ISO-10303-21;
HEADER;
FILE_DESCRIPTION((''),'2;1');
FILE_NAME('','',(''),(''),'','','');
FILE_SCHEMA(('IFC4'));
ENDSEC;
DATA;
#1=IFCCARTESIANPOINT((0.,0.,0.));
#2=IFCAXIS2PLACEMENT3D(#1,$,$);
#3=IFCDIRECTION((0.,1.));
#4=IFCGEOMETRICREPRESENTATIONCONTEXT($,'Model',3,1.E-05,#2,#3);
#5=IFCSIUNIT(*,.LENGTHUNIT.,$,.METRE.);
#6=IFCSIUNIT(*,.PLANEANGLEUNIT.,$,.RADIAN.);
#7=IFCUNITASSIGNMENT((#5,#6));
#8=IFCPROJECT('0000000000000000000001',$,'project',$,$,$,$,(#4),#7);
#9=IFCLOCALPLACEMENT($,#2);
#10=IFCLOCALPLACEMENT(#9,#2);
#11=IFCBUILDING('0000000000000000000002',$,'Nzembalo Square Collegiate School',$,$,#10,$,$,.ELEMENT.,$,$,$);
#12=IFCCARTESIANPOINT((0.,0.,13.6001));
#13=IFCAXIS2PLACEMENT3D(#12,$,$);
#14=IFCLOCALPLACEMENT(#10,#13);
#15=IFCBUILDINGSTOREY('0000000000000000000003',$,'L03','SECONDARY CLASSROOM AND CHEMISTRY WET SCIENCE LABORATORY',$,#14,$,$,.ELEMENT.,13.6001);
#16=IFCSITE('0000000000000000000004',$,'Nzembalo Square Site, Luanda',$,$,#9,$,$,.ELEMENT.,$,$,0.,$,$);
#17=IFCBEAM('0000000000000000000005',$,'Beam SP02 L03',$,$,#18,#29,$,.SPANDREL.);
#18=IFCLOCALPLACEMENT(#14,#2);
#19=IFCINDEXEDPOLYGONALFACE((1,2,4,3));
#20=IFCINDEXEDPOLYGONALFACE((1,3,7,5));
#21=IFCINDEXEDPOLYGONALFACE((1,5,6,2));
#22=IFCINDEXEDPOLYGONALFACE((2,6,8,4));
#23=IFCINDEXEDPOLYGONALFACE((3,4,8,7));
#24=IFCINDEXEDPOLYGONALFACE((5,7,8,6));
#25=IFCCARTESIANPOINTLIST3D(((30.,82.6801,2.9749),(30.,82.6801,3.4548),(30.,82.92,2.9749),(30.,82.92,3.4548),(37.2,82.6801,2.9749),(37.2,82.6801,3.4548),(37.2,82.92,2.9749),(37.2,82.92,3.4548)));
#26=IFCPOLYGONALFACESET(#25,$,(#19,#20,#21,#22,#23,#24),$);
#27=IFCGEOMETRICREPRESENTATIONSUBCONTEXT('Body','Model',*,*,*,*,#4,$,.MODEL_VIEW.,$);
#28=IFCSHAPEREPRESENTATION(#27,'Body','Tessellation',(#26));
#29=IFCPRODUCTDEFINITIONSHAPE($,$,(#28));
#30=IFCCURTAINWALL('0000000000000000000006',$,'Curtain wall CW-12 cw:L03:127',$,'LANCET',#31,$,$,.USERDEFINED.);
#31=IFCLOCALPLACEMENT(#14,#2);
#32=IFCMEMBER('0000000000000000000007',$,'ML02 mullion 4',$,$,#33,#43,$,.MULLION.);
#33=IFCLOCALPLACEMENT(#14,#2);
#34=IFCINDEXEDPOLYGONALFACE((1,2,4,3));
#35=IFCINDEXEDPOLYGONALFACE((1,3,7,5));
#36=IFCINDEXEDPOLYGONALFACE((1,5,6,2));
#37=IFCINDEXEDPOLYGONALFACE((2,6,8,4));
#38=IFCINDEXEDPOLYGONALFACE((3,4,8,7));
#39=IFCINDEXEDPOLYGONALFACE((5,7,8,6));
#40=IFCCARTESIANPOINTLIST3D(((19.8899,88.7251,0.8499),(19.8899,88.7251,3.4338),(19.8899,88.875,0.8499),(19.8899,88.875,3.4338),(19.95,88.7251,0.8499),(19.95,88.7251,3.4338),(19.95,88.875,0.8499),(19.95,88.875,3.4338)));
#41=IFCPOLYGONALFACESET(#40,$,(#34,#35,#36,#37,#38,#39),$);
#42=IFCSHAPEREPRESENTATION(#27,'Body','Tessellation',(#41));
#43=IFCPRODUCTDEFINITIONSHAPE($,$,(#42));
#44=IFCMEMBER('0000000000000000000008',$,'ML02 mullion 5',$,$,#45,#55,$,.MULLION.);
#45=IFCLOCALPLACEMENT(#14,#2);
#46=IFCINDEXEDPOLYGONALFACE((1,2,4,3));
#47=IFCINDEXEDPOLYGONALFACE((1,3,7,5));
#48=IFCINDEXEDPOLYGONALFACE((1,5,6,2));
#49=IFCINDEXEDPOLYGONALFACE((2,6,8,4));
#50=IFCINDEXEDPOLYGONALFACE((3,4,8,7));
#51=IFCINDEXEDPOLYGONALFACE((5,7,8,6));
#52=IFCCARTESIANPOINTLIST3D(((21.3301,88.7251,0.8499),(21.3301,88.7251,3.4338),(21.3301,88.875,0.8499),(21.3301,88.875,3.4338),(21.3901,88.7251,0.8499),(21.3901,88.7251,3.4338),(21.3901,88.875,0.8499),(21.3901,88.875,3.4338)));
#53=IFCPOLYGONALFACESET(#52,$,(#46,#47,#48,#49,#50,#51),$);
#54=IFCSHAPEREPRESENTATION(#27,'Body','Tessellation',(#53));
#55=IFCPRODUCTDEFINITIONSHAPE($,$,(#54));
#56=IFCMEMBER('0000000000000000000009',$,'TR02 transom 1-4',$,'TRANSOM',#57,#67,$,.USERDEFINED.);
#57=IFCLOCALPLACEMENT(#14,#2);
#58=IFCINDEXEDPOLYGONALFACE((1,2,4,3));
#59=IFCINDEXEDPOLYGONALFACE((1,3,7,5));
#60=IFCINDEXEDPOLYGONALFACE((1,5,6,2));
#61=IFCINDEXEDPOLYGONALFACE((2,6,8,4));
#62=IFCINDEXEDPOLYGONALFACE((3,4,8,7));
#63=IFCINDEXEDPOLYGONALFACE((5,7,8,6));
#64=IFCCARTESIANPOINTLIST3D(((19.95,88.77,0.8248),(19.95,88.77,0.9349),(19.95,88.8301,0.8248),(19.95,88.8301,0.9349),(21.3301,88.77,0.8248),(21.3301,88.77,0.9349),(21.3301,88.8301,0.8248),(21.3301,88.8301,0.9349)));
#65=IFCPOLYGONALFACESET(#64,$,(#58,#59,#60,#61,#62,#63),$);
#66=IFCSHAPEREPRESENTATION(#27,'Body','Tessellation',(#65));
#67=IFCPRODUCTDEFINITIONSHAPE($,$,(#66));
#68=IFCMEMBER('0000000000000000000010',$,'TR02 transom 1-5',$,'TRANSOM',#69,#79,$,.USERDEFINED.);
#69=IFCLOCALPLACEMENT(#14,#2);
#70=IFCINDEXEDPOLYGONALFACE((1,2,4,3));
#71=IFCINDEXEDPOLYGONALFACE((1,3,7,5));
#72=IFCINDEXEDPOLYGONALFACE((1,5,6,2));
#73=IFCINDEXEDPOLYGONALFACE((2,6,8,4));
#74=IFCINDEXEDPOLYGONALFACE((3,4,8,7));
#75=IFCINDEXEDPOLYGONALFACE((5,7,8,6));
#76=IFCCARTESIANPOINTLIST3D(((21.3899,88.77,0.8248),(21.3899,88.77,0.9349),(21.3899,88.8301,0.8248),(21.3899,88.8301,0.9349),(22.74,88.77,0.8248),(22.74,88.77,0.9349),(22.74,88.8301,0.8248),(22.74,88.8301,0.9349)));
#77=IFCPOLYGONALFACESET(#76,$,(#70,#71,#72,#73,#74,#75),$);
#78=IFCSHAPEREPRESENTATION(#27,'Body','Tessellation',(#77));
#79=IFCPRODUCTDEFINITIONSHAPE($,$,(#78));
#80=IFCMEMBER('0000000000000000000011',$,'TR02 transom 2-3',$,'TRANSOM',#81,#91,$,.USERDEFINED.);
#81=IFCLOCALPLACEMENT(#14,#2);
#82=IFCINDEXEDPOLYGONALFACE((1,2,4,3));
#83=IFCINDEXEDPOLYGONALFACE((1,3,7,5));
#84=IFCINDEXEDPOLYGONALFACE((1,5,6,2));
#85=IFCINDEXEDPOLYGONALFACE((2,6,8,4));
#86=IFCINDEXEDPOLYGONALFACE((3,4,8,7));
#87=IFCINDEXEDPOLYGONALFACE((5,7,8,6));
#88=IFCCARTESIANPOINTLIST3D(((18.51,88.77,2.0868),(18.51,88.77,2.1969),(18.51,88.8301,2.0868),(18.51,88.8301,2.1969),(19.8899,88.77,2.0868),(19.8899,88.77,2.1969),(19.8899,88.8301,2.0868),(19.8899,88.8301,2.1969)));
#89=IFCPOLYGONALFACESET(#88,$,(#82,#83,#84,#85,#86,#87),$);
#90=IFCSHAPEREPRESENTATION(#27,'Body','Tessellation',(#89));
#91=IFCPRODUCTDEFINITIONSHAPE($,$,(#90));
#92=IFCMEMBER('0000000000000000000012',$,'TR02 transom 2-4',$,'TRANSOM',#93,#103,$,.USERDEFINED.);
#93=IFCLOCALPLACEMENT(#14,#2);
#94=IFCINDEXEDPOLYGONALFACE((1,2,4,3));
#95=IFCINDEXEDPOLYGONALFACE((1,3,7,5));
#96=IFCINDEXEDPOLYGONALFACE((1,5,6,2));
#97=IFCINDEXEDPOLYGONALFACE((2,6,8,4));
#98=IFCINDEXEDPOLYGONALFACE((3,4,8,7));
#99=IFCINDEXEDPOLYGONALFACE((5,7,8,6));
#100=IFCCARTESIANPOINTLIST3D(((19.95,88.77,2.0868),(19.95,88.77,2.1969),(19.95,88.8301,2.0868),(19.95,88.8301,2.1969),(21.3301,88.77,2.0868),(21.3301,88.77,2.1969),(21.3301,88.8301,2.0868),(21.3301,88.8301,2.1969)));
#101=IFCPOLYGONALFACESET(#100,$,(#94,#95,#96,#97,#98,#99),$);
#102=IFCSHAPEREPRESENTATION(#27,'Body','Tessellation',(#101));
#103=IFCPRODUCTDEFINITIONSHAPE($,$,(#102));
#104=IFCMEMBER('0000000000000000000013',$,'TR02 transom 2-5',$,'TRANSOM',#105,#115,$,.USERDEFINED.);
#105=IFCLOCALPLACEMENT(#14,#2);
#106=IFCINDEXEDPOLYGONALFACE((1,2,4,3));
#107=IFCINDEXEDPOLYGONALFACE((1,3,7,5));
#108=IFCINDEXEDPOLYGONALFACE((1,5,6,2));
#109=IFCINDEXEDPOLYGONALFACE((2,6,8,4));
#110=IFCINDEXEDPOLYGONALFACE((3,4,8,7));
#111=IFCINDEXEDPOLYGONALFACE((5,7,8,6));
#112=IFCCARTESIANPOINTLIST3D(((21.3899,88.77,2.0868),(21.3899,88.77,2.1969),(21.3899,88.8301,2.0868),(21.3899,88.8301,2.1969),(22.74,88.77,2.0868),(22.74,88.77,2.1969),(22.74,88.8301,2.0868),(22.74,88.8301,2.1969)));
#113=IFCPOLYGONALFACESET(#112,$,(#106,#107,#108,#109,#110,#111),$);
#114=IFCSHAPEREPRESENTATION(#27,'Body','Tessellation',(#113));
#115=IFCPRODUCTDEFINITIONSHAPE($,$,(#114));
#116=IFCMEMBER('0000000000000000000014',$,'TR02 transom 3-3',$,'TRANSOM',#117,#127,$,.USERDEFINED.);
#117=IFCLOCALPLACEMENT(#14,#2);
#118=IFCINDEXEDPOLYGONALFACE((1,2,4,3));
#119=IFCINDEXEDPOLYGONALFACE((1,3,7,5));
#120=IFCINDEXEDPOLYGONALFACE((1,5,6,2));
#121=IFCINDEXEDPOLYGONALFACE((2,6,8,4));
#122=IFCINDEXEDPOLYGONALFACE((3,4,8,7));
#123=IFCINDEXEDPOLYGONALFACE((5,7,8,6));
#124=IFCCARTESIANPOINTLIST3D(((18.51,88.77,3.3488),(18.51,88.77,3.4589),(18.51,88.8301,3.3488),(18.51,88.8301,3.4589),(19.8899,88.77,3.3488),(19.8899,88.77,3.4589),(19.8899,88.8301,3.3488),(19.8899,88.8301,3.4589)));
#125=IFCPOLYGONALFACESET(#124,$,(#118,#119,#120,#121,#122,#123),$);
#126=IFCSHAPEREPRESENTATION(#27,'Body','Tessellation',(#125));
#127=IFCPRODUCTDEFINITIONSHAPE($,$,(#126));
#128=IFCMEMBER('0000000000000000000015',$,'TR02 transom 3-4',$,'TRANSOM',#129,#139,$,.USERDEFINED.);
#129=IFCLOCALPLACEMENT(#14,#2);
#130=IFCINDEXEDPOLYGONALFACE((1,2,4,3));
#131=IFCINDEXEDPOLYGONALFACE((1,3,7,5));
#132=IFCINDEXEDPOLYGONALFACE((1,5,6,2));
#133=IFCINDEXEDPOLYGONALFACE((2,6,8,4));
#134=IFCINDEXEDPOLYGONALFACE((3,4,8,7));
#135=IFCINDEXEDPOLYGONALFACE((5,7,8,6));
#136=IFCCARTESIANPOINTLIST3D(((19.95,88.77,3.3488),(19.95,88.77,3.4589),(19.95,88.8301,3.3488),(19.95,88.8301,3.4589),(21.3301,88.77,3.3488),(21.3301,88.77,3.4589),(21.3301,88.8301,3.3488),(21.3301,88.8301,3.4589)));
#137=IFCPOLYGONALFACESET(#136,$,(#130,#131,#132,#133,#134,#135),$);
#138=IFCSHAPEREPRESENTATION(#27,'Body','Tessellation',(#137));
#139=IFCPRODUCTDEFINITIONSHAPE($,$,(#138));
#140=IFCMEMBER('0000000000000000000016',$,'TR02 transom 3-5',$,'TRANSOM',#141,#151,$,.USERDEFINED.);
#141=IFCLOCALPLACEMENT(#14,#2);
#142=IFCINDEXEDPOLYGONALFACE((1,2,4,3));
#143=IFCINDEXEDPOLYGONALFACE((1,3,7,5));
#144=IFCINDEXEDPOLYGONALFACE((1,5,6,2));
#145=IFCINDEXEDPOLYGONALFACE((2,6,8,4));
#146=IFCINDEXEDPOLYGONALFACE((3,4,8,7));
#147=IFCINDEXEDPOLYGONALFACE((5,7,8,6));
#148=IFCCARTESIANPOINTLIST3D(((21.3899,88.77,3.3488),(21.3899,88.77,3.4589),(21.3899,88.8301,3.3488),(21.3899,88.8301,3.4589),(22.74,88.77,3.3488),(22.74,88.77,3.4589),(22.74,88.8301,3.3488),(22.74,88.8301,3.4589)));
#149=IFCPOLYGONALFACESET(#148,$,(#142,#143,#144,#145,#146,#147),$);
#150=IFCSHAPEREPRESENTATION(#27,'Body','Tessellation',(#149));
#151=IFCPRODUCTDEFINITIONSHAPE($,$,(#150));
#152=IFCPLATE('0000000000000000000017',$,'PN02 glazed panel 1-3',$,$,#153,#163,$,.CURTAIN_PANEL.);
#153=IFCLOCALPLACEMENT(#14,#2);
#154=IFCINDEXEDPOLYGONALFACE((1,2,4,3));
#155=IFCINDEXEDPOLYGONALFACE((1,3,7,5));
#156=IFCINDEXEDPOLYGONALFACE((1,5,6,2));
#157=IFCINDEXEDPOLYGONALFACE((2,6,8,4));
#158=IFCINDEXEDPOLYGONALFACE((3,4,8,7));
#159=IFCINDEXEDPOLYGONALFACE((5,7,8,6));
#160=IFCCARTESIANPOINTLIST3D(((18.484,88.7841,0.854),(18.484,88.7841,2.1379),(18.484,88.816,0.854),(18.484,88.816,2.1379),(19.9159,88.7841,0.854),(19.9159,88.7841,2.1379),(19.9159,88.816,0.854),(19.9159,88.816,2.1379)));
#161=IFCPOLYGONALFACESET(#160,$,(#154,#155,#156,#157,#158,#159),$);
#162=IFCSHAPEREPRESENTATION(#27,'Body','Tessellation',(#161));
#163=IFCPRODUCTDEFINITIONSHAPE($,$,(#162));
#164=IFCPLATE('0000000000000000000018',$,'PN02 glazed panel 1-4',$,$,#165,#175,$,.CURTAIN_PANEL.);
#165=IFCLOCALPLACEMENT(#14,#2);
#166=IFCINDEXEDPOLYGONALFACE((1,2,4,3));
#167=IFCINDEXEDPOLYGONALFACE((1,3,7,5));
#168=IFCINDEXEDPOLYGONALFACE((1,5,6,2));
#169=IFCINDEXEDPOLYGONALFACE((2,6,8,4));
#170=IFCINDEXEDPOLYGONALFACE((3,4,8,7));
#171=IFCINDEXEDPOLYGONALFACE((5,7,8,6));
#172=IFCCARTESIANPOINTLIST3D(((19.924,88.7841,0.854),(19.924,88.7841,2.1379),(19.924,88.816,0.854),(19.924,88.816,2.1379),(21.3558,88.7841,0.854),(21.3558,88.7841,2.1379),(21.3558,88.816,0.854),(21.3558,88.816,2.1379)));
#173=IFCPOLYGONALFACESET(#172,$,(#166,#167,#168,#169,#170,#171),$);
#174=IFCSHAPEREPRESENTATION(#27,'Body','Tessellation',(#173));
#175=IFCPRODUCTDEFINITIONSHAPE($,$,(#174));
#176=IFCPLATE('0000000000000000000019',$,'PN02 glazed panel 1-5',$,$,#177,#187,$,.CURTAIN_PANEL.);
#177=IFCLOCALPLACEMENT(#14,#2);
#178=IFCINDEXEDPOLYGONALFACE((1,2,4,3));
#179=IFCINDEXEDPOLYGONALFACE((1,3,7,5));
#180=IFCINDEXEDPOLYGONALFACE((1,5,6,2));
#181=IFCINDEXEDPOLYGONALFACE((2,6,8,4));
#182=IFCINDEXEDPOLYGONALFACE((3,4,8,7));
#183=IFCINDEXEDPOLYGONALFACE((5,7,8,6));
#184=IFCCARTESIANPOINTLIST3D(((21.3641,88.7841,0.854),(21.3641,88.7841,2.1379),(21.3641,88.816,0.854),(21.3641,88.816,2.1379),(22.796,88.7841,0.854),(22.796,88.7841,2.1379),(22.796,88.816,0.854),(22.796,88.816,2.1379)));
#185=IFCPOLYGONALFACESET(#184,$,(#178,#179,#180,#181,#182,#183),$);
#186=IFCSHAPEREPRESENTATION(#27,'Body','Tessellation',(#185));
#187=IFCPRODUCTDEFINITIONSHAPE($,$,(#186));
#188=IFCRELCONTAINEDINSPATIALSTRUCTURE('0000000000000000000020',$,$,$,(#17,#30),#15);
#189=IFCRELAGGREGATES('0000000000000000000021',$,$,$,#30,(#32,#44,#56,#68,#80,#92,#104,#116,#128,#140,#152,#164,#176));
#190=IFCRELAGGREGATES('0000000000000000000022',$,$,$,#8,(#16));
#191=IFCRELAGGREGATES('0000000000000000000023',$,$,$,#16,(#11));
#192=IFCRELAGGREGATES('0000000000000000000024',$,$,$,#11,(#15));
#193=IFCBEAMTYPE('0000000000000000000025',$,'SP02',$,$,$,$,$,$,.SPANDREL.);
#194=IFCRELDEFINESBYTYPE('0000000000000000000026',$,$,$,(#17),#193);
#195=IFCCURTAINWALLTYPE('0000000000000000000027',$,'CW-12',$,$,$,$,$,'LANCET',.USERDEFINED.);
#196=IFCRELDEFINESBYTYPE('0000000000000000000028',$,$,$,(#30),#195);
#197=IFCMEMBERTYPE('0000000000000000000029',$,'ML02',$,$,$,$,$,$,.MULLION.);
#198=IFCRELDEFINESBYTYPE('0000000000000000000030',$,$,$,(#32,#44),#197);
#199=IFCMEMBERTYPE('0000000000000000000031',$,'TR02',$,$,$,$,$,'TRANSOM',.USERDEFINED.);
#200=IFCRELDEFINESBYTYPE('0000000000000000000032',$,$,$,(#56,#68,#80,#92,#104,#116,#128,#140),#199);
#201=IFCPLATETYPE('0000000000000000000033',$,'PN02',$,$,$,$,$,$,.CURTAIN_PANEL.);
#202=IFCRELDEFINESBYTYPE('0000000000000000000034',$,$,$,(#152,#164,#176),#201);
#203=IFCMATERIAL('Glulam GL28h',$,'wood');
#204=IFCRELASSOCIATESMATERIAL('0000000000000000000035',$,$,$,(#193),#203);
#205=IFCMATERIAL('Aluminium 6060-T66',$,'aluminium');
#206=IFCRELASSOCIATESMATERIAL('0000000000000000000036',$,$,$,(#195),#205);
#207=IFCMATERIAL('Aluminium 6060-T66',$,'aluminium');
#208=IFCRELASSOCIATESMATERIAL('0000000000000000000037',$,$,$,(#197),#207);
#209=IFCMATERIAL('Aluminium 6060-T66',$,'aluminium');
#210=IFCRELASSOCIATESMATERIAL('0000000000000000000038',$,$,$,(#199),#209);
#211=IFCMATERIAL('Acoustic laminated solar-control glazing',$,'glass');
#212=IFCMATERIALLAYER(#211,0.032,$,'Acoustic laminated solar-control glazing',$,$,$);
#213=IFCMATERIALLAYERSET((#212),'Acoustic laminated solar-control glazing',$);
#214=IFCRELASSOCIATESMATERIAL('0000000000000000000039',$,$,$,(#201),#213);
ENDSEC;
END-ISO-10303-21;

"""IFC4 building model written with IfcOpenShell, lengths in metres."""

from ifc_helpers import new_model, si_unit, direction, frame, origin, origin_2d, place, context, subcontext, project, spatial, rectangle, extrude, material, layer, layer_set, material_profile, profile_set, type_object, element, aggregate, save


model = new_model("IFC4")

# Units and contexts
model_context = context("Model", 3, precision=1e-05, world=origin(), true_north=direction((0.0, 1.0)))
body_context = subcontext(model_context, "Body", "Model", "MODEL_VIEW")
ifc_project = project(units=[si_unit("LENGTHUNIT", "METRE"), si_unit("PLANEANGLEUNIT", "RADIAN")], contexts=[model_context])

# Site, building, storey
site_placement = place(None, origin())
site = spatial("IfcSite", under=ifc_project, at=site_placement, Name="Nzembalo Square Site, Luanda", CompositionType="ELEMENT", RefElevation=0.0)
building_placement = place(site_placement, origin())
building = spatial("IfcBuilding", under=site, at=building_placement, Name="Nzembalo Square Collegiate School", CompositionType="ELEMENT")
storey_placement = place(building_placement, frame((0.0, 0.0, 13.6001)))
storey = spatial("IfcBuildingStorey", under=building, at=storey_placement, Name="L03", Description="SECONDARY CLASSROOM AND CHEMISTRY WET SCIENCE LABORATORY", CompositionType="ELEMENT", Elevation=13.6001)

# Beam
ifc_material_1 = material(Name="Glulam GL28h", Category="wood")
ifc_material_profile_1 = material_profile(ifc_material_1, rectangle(XDim=0.24, YDim=0.48, at=origin_2d()), Name="GL28h 240x480")
ifc_profile_set_1 = profile_set([ifc_material_profile_1], Name="Glulam GL28h")
beam_type = type_object("IfcBeamType", Name="SP02", PredefinedType="SPANDREL", material=ifc_profile_set_1)
beam_placement = place(storey_placement, frame((30.0, 82.8, 3.2148), z_axis=(1.0, 0.0, 0.0), x_axis=(0.0, 1.0, 0.0)))
element("IfcBeam", 1, at=beam_placement, inside=storey, type_object=beam_type, Name="Beam SP02 L03", PredefinedType="SPANDREL", context=body_context, shape_type="SweptSolid", body=[
    extrude(rectangle(XDim=0.24, YDim=0.48, at=origin_2d()), origin(), (0.0, 0.0, 1.0), 7.2),
])

# Curtain wall, members, plates
ifc_material_2 = material(Name="Aluminium 6060-T66", Category="aluminium")
curtain_wall_type = type_object("IfcCurtainWallType", Name="CW-12", ElementType="LANCET", PredefinedType="USERDEFINED", material=ifc_material_2)
curtain_wall_placement = place(storey_placement, origin())
curtain_wall = element("IfcCurtainWall", 2, at=curtain_wall_placement, inside=storey, type_object=curtain_wall_type, Name="Curtain wall CW-12 cw:L03:127", ObjectType="LANCET", PredefinedType="USERDEFINED")
ifc_material_3 = material(Name="Aluminium 6060-T66", Category="aluminium")
ifc_material_profile_2 = material_profile(ifc_material_3, rectangle(XDim=0.0601, YDim=0.1499, at=origin_2d()), Name="ALU M60x150")
ifc_profile_set_2 = profile_set([ifc_material_profile_2], Name="Aluminium 6060-T66")
member_type_1 = type_object("IfcMemberType", Name="ML02", PredefinedType="MULLION", material=ifc_profile_set_2)
member_1_placement = place(storey_placement, frame((19.9199, 88.8, 0.8499), z_axis=(0.0, 0.0, 1.0), x_axis=(1.0, 0.0, 0.0)))
member_1 = element("IfcMember", 3, at=member_1_placement, type_object=member_type_1, Name="ML02 mullion 4", PredefinedType="MULLION", context=body_context, shape_type="SweptSolid", body=[
    extrude(rectangle(XDim=0.0601, YDim=0.1499, at=origin_2d()), origin(), (0.0, 0.0, 1.0), 2.584),
])
member_2_placement = place(storey_placement, frame((21.3601, 88.8, 0.8499), z_axis=(0.0, 0.0, 1.0), x_axis=(1.0, 0.0, 0.0)))
member_2 = element("IfcMember", 4, at=member_2_placement, type_object=member_type_1, Name="ML02 mullion 5", PredefinedType="MULLION", context=body_context, shape_type="SweptSolid", body=[
    extrude(rectangle(XDim=0.0601, YDim=0.1499, at=origin_2d()), origin(), (0.0, 0.0, 1.0), 2.584),
])
ifc_material_4 = material(Name="Aluminium 6060-T66", Category="aluminium")
ifc_material_profile_3 = material_profile(ifc_material_4, rectangle(XDim=0.0601, YDim=0.1101, at=origin_2d()), Name="ALU T60x110")
ifc_profile_set_3 = profile_set([ifc_material_profile_3], Name="Aluminium 6060-T66")
member_type_2 = type_object("IfcMemberType", Name="TR02", ElementType="TRANSOM", PredefinedType="USERDEFINED", material=ifc_profile_set_3)
member_3_placement = place(storey_placement, frame((19.95, 88.8, 0.8799), z_axis=(1.0, 0.0, 0.0), x_axis=(0.0, 1.0, 0.0)))
member_3 = element("IfcMember", 5, at=member_3_placement, type_object=member_type_2, Name="TR02 transom 1-4", ObjectType="TRANSOM", PredefinedType="USERDEFINED", context=body_context, shape_type="SweptSolid", body=[
    extrude(rectangle(XDim=0.0601, YDim=0.1101, at=origin_2d()), origin(), (0.0, 0.0, 1.0), 1.3801),
])
member_4_placement = place(storey_placement, frame((21.3899, 88.8, 0.8799), z_axis=(1.0, 0.0, 0.0), x_axis=(0.0, 1.0, 0.0)))
member_4 = element("IfcMember", 6, at=member_4_placement, type_object=member_type_2, Name="TR02 transom 1-5", ObjectType="TRANSOM", PredefinedType="USERDEFINED", context=body_context, shape_type="SweptSolid", body=[
    extrude(rectangle(XDim=0.0601, YDim=0.1101, at=origin_2d()), origin(), (0.0, 0.0, 1.0), 1.3501),
])
member_5_placement = place(storey_placement, frame((18.51, 88.8, 2.1418), z_axis=(1.0, 0.0, 0.0), x_axis=(0.0, 1.0, 0.0)))
member_5 = element("IfcMember", 7, at=member_5_placement, type_object=member_type_2, Name="TR02 transom 2-3", ObjectType="TRANSOM", PredefinedType="USERDEFINED", context=body_context, shape_type="SweptSolid", body=[
    extrude(rectangle(XDim=0.0601, YDim=0.1101, at=origin_2d()), origin(), (0.0, 0.0, 1.0), 1.3799),
])
member_6_placement = place(storey_placement, frame((19.95, 88.8, 2.1418), z_axis=(1.0, 0.0, 0.0), x_axis=(0.0, 1.0, 0.0)))
member_6 = element("IfcMember", 8, at=member_6_placement, type_object=member_type_2, Name="TR02 transom 2-4", ObjectType="TRANSOM", PredefinedType="USERDEFINED", context=body_context, shape_type="SweptSolid", body=[
    extrude(rectangle(XDim=0.0601, YDim=0.1101, at=origin_2d()), origin(), (0.0, 0.0, 1.0), 1.3801),
])
member_7_placement = place(storey_placement, frame((21.3899, 88.8, 2.1418), z_axis=(1.0, 0.0, 0.0), x_axis=(0.0, 1.0, 0.0)))
member_7 = element("IfcMember", 9, at=member_7_placement, type_object=member_type_2, Name="TR02 transom 2-5", ObjectType="TRANSOM", PredefinedType="USERDEFINED", context=body_context, shape_type="SweptSolid", body=[
    extrude(rectangle(XDim=0.0601, YDim=0.1101, at=origin_2d()), origin(), (0.0, 0.0, 1.0), 1.3501),
])
member_8_placement = place(storey_placement, frame((18.51, 88.8, 3.4038), z_axis=(1.0, 0.0, 0.0), x_axis=(0.0, 1.0, 0.0)))
member_8 = element("IfcMember", 10, at=member_8_placement, type_object=member_type_2, Name="TR02 transom 3-3", ObjectType="TRANSOM", PredefinedType="USERDEFINED", context=body_context, shape_type="SweptSolid", body=[
    extrude(rectangle(XDim=0.0601, YDim=0.1101, at=origin_2d()), origin(), (0.0, 0.0, 1.0), 1.3799),
])
member_9_placement = place(storey_placement, frame((19.95, 88.8, 3.4038), z_axis=(1.0, 0.0, 0.0), x_axis=(0.0, 1.0, 0.0)))
member_9 = element("IfcMember", 11, at=member_9_placement, type_object=member_type_2, Name="TR02 transom 3-4", ObjectType="TRANSOM", PredefinedType="USERDEFINED", context=body_context, shape_type="SweptSolid", body=[
    extrude(rectangle(XDim=0.0601, YDim=0.1101, at=origin_2d()), origin(), (0.0, 0.0, 1.0), 1.3801),
])
member_10_placement = place(storey_placement, frame((21.3899, 88.8, 3.4038), z_axis=(1.0, 0.0, 0.0), x_axis=(0.0, 1.0, 0.0)))
member_10 = element("IfcMember", 12, at=member_10_placement, type_object=member_type_2, Name="TR02 transom 3-5", ObjectType="TRANSOM", PredefinedType="USERDEFINED", context=body_context, shape_type="SweptSolid", body=[
    extrude(rectangle(XDim=0.0601, YDim=0.1101, at=origin_2d()), origin(), (0.0, 0.0, 1.0), 1.3501),
])
ifc_material_5 = material(Name="Acoustic laminated solar-control glazing", Category="glass")
ifc_layer_1 = layer(ifc_material_5, 0.032, Name="Acoustic laminated solar-control glazing")
ifc_layer_set_1 = layer_set([ifc_layer_1], Name="Acoustic laminated solar-control glazing")
plate_type = type_object("IfcPlateType", Name="PN02", PredefinedType="CURTAIN_PANEL", material=ifc_layer_set_1)
plate_1_placement = place(storey_placement, frame((19.2, 88.8, 0.854), z_axis=(0.0, 0.0, 1.0), x_axis=(1.0, 0.0, 0.0)))
plate_1 = element("IfcPlate", 13, at=plate_1_placement, type_object=plate_type, Name="PN02 glazed panel 1-3", PredefinedType="CURTAIN_PANEL", context=body_context, shape_type="SweptSolid", body=[
    extrude(rectangle(XDim=1.4319, YDim=0.032, at=origin_2d()), origin(), (0.0, 0.0, 1.0), 1.2839),
])
plate_2_placement = place(storey_placement, frame((20.6399, 88.8, 0.854), z_axis=(0.0, 0.0, 1.0), x_axis=(1.0, 0.0, 0.0)))
plate_2 = element("IfcPlate", 14, at=plate_2_placement, type_object=plate_type, Name="PN02 glazed panel 1-4", PredefinedType="CURTAIN_PANEL", context=body_context, shape_type="SweptSolid", body=[
    extrude(rectangle(XDim=1.4319, YDim=0.032, at=origin_2d()), origin(), (0.0, 0.0, 1.0), 1.2839),
])
plate_3_placement = place(storey_placement, frame((22.0801, 88.8, 0.854), z_axis=(0.0, 0.0, 1.0), x_axis=(1.0, 0.0, 0.0)))
plate_3 = element("IfcPlate", 15, at=plate_3_placement, type_object=plate_type, Name="PN02 glazed panel 1-5", PredefinedType="CURTAIN_PANEL", context=body_context, shape_type="SweptSolid", body=[
    extrude(rectangle(XDim=1.4319, YDim=0.032, at=origin_2d()), origin(), (0.0, 0.0, 1.0), 1.2839),
])
aggregate(curtain_wall, [member_1, member_2, member_3, member_4, member_5, member_6, member_7, member_8, member_9, member_10, plate_1, plate_2, plate_3])

save(model, "model.ifc")
